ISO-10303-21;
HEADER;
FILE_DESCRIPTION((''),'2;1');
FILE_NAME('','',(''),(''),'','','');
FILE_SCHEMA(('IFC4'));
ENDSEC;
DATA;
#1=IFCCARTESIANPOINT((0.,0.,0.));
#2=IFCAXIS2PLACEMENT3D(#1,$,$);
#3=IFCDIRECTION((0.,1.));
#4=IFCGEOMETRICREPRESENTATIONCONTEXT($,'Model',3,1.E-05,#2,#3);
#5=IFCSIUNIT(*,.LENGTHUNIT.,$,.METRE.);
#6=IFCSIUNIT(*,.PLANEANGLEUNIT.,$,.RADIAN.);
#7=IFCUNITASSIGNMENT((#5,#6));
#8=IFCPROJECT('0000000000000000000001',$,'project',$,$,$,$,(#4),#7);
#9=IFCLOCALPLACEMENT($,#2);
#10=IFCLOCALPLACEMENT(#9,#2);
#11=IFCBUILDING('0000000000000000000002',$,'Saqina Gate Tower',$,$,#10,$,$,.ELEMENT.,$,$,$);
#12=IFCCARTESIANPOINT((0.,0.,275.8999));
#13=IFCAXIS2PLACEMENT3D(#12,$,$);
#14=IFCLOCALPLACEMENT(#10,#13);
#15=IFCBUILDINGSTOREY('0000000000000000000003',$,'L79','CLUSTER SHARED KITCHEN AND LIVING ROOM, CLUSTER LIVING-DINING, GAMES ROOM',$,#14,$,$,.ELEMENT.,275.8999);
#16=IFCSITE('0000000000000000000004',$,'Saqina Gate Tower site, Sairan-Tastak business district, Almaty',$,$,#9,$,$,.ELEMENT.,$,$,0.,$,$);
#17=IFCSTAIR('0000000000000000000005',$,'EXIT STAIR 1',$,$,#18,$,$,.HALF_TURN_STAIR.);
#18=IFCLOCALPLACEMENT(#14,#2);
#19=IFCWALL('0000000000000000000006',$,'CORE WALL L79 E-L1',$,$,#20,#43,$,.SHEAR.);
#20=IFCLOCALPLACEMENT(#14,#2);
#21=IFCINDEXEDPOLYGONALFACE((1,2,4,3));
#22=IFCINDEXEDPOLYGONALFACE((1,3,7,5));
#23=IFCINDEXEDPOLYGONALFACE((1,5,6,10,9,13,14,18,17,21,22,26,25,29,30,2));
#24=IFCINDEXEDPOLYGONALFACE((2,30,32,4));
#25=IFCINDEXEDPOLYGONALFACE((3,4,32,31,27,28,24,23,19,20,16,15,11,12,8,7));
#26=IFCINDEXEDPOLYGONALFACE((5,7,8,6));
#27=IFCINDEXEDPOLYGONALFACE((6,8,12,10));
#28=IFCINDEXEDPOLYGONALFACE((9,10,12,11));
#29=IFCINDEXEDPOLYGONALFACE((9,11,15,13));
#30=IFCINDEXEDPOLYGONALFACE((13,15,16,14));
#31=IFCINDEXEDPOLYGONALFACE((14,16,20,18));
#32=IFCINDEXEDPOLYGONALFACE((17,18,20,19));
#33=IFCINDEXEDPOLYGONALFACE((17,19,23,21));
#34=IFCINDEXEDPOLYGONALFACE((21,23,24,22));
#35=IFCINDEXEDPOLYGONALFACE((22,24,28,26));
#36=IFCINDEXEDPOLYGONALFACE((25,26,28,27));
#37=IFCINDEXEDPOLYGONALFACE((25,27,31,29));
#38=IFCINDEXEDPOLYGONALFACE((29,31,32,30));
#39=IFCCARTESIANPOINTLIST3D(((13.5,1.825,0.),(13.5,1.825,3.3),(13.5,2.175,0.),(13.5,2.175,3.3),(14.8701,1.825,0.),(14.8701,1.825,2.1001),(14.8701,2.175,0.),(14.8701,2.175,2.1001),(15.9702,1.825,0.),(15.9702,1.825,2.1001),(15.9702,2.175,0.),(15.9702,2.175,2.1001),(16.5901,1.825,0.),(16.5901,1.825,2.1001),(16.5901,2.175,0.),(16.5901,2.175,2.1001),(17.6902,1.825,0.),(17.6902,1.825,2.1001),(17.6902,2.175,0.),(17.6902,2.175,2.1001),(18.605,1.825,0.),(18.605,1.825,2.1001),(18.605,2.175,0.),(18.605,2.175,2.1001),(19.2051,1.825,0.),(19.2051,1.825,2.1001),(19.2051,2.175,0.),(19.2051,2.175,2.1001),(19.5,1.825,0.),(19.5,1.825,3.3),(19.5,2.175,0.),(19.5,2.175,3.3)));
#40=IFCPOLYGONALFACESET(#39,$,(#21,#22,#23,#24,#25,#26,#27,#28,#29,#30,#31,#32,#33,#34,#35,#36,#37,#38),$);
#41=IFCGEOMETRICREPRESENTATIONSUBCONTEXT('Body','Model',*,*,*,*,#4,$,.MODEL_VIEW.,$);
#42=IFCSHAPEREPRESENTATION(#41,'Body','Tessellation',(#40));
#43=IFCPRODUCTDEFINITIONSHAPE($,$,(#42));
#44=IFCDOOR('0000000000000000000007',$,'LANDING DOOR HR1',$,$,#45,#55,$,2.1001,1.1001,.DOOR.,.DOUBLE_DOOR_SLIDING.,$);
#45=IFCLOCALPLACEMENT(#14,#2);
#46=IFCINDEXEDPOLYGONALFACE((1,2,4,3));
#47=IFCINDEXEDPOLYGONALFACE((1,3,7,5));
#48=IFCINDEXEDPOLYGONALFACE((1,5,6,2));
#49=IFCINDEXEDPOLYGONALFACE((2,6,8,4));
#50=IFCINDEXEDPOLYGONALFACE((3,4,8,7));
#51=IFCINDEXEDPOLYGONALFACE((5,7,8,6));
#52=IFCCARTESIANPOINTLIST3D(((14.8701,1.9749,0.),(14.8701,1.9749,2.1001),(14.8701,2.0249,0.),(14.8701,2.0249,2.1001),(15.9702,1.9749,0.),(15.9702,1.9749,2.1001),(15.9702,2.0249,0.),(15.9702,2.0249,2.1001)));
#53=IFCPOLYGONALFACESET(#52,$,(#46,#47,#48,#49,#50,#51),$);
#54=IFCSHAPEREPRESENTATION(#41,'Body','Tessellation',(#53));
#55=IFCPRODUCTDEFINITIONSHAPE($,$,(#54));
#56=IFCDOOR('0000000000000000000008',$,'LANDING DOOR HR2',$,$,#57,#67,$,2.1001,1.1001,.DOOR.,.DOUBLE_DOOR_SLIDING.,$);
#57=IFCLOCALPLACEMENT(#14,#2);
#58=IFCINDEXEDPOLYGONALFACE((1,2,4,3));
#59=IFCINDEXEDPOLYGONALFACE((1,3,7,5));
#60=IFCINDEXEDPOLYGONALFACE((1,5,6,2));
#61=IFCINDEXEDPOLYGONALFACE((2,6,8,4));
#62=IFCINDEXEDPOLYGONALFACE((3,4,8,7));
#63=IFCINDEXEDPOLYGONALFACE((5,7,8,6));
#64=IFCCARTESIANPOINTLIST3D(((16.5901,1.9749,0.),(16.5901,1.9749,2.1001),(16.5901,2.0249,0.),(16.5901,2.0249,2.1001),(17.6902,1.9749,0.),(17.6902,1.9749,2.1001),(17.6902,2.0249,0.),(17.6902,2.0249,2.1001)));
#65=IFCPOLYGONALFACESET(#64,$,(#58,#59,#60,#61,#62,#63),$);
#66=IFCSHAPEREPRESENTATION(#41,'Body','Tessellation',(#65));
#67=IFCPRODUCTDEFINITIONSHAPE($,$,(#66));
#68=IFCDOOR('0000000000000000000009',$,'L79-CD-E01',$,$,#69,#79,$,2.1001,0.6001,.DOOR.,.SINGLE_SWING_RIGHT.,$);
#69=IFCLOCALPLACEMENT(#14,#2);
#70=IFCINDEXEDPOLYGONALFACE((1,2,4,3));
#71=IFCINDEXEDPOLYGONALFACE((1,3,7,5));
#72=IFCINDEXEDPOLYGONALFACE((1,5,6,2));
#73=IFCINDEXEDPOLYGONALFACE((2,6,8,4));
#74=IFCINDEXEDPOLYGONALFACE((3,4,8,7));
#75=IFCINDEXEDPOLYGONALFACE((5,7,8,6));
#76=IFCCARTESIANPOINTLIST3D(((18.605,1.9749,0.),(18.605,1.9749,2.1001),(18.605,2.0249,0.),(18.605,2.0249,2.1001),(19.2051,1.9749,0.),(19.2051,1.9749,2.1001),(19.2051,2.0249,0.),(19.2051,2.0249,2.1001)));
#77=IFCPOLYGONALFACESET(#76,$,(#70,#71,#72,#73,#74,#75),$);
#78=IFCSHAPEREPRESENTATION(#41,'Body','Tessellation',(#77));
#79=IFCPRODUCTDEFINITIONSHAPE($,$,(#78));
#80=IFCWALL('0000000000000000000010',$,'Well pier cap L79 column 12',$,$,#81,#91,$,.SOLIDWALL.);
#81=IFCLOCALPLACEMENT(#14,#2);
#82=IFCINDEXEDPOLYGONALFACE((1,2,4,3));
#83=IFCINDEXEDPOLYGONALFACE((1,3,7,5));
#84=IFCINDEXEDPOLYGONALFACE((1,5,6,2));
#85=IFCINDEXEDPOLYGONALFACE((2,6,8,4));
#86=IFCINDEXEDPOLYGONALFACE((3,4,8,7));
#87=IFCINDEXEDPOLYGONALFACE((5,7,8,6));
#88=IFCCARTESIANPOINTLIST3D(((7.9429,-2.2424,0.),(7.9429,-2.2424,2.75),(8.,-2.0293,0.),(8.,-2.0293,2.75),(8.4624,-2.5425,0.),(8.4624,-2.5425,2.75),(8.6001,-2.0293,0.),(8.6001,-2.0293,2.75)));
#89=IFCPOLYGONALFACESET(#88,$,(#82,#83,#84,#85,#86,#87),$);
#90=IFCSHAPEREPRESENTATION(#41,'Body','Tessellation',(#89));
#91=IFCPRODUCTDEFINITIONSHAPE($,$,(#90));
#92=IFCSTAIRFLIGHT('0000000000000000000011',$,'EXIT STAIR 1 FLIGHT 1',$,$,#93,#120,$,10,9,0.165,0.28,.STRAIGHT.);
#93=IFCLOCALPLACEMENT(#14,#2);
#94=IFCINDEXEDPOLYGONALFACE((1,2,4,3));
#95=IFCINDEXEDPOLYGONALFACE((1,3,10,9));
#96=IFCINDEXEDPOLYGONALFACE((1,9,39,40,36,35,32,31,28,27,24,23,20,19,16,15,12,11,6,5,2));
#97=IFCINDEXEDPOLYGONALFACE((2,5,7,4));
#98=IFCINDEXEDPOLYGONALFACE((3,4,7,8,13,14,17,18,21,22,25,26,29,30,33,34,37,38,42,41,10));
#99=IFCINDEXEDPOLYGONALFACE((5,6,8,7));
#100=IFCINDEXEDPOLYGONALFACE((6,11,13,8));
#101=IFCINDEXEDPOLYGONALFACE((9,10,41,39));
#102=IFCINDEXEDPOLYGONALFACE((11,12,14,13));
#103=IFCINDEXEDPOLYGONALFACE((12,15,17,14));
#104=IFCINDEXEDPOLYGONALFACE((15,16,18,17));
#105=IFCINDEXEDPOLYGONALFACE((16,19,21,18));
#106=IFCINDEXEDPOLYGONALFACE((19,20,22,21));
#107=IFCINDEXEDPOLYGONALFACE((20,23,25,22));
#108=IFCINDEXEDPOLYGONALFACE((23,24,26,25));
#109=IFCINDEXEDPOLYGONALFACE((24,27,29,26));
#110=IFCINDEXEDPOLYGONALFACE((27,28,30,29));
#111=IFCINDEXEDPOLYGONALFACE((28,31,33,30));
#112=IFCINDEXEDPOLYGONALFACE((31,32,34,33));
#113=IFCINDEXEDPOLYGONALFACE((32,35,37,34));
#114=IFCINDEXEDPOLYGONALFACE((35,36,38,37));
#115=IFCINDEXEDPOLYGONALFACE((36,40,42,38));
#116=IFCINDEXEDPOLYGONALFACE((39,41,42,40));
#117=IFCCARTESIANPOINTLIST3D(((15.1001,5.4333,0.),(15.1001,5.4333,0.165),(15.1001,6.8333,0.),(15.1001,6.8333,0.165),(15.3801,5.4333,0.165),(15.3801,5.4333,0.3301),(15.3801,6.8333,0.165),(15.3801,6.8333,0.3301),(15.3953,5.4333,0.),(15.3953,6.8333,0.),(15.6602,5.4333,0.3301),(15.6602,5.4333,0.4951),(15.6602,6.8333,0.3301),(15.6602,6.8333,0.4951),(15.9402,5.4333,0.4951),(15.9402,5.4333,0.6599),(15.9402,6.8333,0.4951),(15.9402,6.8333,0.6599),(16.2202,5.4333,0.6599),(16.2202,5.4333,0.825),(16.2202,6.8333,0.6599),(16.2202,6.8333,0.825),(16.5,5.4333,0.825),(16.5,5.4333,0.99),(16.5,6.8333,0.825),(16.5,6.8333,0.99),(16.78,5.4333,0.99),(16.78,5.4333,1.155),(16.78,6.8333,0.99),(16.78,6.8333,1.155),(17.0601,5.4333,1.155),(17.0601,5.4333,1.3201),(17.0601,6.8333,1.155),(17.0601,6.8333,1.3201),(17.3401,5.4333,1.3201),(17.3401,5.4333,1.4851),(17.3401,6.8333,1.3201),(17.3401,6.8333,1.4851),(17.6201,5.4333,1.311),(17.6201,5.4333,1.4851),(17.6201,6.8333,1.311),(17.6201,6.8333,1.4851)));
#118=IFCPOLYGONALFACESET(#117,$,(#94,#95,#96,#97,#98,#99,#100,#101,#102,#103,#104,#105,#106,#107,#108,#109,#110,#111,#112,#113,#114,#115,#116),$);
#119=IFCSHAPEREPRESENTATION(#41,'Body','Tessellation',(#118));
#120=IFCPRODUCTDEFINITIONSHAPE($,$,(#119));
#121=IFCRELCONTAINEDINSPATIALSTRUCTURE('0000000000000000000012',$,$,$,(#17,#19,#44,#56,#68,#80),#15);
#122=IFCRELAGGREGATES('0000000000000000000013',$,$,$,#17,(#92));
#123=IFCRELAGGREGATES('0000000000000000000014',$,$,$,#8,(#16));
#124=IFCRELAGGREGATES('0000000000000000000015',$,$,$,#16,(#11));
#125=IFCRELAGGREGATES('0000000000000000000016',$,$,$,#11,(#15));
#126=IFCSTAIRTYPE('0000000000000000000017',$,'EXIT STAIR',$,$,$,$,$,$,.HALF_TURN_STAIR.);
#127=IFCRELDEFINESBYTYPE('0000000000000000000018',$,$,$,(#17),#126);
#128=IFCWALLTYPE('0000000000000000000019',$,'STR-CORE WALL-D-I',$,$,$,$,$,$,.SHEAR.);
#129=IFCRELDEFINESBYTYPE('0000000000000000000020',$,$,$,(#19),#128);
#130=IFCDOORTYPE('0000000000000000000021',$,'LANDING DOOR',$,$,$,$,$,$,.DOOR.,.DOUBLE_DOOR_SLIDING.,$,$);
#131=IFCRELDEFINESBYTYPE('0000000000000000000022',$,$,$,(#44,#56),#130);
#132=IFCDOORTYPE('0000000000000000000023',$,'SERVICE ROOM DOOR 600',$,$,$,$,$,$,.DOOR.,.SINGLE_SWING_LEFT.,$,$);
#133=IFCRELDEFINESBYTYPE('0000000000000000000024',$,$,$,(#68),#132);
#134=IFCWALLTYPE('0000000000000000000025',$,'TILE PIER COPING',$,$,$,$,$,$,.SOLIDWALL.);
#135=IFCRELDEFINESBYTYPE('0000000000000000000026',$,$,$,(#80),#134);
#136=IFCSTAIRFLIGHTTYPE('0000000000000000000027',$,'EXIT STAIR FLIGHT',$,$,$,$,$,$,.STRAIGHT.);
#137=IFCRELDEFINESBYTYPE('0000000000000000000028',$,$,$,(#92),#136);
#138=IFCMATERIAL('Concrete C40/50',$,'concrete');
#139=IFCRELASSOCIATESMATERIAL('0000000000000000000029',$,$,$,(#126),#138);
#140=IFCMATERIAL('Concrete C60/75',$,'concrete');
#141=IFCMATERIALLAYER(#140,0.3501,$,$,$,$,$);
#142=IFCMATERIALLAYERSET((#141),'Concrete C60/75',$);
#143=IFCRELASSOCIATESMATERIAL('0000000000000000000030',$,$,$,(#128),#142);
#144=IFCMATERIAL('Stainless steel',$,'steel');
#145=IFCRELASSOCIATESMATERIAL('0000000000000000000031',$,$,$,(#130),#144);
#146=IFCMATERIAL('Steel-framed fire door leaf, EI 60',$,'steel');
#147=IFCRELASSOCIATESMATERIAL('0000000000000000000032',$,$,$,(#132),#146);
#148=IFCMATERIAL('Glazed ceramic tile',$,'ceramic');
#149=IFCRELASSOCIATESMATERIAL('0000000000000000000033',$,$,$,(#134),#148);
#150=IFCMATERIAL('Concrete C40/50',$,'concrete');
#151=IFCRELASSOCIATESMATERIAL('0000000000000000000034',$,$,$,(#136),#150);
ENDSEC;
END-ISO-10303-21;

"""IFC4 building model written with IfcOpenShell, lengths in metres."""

from ifc_helpers import new_model, si_unit, direction, frame, frame_2d, origin, place, context, subcontext, project, spatial, polyline, rectangle, outline, extrude, material, layer, layer_set, type_object, element, fill, aggregate, save


model = new_model("IFC4")

# Units and contexts
model_context = context("Model", 3, precision=1e-05, world=origin(), true_north=direction((0.0, 1.0)))
body_context = subcontext(model_context, "Body", "Model", "MODEL_VIEW")
ifc_project = project(units=[si_unit("LENGTHUNIT", "METRE"), si_unit("PLANEANGLEUNIT", "RADIAN")], contexts=[model_context])

# Site, building, storey
site_placement = place(None, origin())
site = spatial("IfcSite", under=ifc_project, at=site_placement, Name="Saqina Gate Tower site, Sairan-Tastak business district, Almaty", CompositionType="ELEMENT", RefElevation=0.0)
building_placement = place(site_placement, origin())
building = spatial("IfcBuilding", under=site, at=building_placement, Name="Saqina Gate Tower", CompositionType="ELEMENT")
storey_placement = place(building_placement, frame((0.0, 0.0, 275.8999)))
storey = spatial("IfcBuildingStorey", under=building, at=storey_placement, Name="L79", Description="CLUSTER SHARED KITCHEN AND LIVING ROOM, CLUSTER LIVING-DINING, GAMES ROOM", CompositionType="ELEMENT", Elevation=275.8999)

# Stair
ifc_material_1 = material(Name="Concrete C40/50", Category="concrete")
stair_type = type_object("IfcStairType", Name="EXIT STAIR", PredefinedType="HALF_TURN_STAIR", material=ifc_material_1)
stair_1_placement = place(storey_placement, origin())
stair_1 = element("IfcStair", 1, at=stair_1_placement, inside=storey, type_object=stair_type, Name="EXIT STAIR 1", PredefinedType="HALF_TURN_STAIR")

# Shared definitions
ifc_material_2 = material(Name="Concrete C60/75", Category="concrete")
ifc_layer_1 = layer(ifc_material_2, 0.3501)
ifc_layer_set_1 = layer_set([ifc_layer_1], Name="Concrete C60/75")
wall_type_1 = type_object("IfcWallType", Name="STR-CORE WALL-D-I", PredefinedType="SHEAR", material=ifc_layer_set_1)

# Wall, openings, doors
wall_1_placement = place(storey_placement, frame((13.5, 2.0, 0.0), z_axis=(0.0, 0.0, 1.0), x_axis=(1.0, 0.0, 0.0)))
wall_1 = element("IfcWall", 2, at=wall_1_placement, inside=storey, type_object=wall_type_1, Name="CORE WALL L79 E-L1", PredefinedType="SHEAR", context=body_context, shape_type="SweptSolid", body=[
    extrude(rectangle(XDim=6.0, YDim=0.3501, at=frame_2d((3.0, 0.0))), origin(), (0.0, 0.0, 1.0), 3.3),
])
opening_1_placement = place(wall_1_placement, frame((1.3701, 0.0, 0.0)))
opening_1 = element("IfcOpeningElement", 3, at=opening_1_placement, cuts=wall_1, PredefinedType="OPENING", context=body_context, shape_type="SweptSolid", body=[
    extrude(rectangle(XDim=1.1001, YDim=2.1001, at=frame_2d((0.55, 1.05))), frame((0.0, 0.187, 0.0), z_axis=(0.0, -1.0, 0.0), x_axis=(1.0, 0.0, 0.0)), (0.0, 0.0, 1.0), 0.374),
])
opening_2_placement = place(wall_1_placement, frame((3.0901, 0.0, 0.0)))
opening_2 = element("IfcOpeningElement", 4, at=opening_2_placement, cuts=wall_1, PredefinedType="OPENING", context=body_context, shape_type="SweptSolid", body=[
    extrude(rectangle(XDim=1.1001, YDim=2.1001, at=frame_2d((0.55, 1.05))), frame((0.0, 0.187, 0.0), z_axis=(0.0, -1.0, 0.0), x_axis=(1.0, 0.0, 0.0)), (0.0, 0.0, 1.0), 0.374),
])
opening_3_placement = place(wall_1_placement, frame((5.105, 0.0, 0.0)))
opening_3 = element("IfcOpeningElement", 5, at=opening_3_placement, cuts=wall_1, PredefinedType="OPENING", context=body_context, shape_type="SweptSolid", body=[
    extrude(rectangle(XDim=0.6001, YDim=2.1001, at=frame_2d((0.3, 1.05))), frame((0.0, 0.187, 0.0), z_axis=(0.0, -1.0, 0.0), x_axis=(1.0, 0.0, 0.0)), (0.0, 0.0, 1.0), 0.374),
])
ifc_material_3 = material(Name="Stainless steel", Category="steel")
door_type_1 = type_object("IfcDoorType", Name="LANDING DOOR", OperationType="DOUBLE_DOOR_SLIDING", PredefinedType="DOOR", material=ifc_material_3)
door_1_placement = place(opening_1_placement, origin())
door_1 = element("IfcDoor", 6, at=door_1_placement, inside=storey, type_object=door_type_1, Name="LANDING DOOR HR1", OperationType="DOUBLE_DOOR_SLIDING", OverallHeight=2.1001, OverallWidth=1.1001, PredefinedType="DOOR", context=body_context, shape_type="SweptSolid", body=[
    extrude(rectangle(XDim=1.1001, YDim=2.1001, at=frame_2d((0.55, 1.05))), frame((0.0, 0.0249, 0.0), z_axis=(0.0, -1.0, 0.0), x_axis=(1.0, 0.0, 0.0)), (0.0, 0.0, 1.0), 0.05),
])
fill(opening_1, door_1)
door_2_placement = place(opening_2_placement, origin())
door_2 = element("IfcDoor", 7, at=door_2_placement, inside=storey, type_object=door_type_1, Name="LANDING DOOR HR2", OperationType="DOUBLE_DOOR_SLIDING", OverallHeight=2.1001, OverallWidth=1.1001, PredefinedType="DOOR", context=body_context, shape_type="SweptSolid", body=[
    extrude(rectangle(XDim=1.1001, YDim=2.1001, at=frame_2d((0.55, 1.05))), frame((0.0, 0.0249, 0.0), z_axis=(0.0, -1.0, 0.0), x_axis=(1.0, 0.0, 0.0)), (0.0, 0.0, 1.0), 0.05),
])
fill(opening_2, door_2)
ifc_material_4 = material(Name="Steel-framed fire door leaf, EI 60", Category="steel")
door_type_2 = type_object("IfcDoorType", Name="SERVICE ROOM DOOR 600", OperationType="SINGLE_SWING_LEFT", PredefinedType="DOOR", material=ifc_material_4)
door_3_placement = place(opening_3_placement, origin())
door_3 = element("IfcDoor", 8, at=door_3_placement, inside=storey, type_object=door_type_2, Name="L79-CD-E01", OperationType="SINGLE_SWING_RIGHT", OverallHeight=2.1001, OverallWidth=0.6001, PredefinedType="DOOR", context=body_context, shape_type="SweptSolid", body=[
    extrude(rectangle(XDim=0.6001, YDim=2.1001, at=frame_2d((0.3, 1.05))), frame((0.0, 0.0249, 0.0), z_axis=(0.0, -1.0, 0.0), x_axis=(1.0, 0.0, 0.0)), (0.0, 0.0, 1.0), 0.05),
])
fill(opening_3, door_3)

# Wall
ifc_material_5 = material(Name="Glazed ceramic tile", Category="ceramic")
wall_type_2 = type_object("IfcWallType", Name="TILE PIER COPING", PredefinedType="SOLIDWALL", material=ifc_material_5)
wall_2_placement = place(storey_placement, origin())
element("IfcWall", 9, at=wall_2_placement, inside=storey, type_object=wall_type_2, Name="Well pier cap L79 column 12", PredefinedType="SOLIDWALL", context=body_context, shape_type="SweptSolid", body=[
    extrude(outline(polyline([(8.6001, -2.0293), (8.0, -2.0293), (7.9429, -2.2424), (8.4624, -2.5425), (8.6001, -2.0293)])), origin(), (0.0, 0.0, 1.0), 2.75),
])

# Stair flight
ifc_material_6 = material(Name="Concrete C40/50", Category="concrete")
stair_flight_type = type_object("IfcStairFlightType", Name="EXIT STAIR FLIGHT", PredefinedType="STRAIGHT", material=ifc_material_6)
stair_flight_placement = place(storey_placement, frame((15.1001, 6.1333, 0.0), z_axis=(0.0, 0.0, 1.0), x_axis=(1.0, 0.0, 0.0)))
stair_flight = element("IfcStairFlight", 10, at=stair_flight_placement, type_object=stair_flight_type, Name="EXIT STAIR 1 FLIGHT 1", NumberOfRisers=10, NumberOfTreads=9, PredefinedType="STRAIGHT", RiserHeight=0.165, TreadLength=0.28, context=body_context, shape_type="SweptSolid", body=[
    extrude(outline(polyline([(0.0, 0.0), (0.0, 0.165), (0.28, 0.165), (0.28, 0.3301), (0.5601, 0.3301), (0.5601, 0.4951), (0.8401, 0.4951), (0.8401, 0.6599), (1.1201, 0.6599), (1.1201, 0.825), (1.3999, 0.825), (1.3999, 0.99), (1.6799, 0.99), (1.6799, 1.155), (1.96, 1.155), (1.96, 1.3201), (2.24, 1.3201), (2.24, 1.4851), (2.52, 1.4851), (2.52, 1.6499), (2.52, 1.311), (0.2952, 0.0), (0.0, 0.0)])), frame((0.0, 0.7, 0.0), z_axis=(0.0, -1.0, 0.0), x_axis=(1.0, 0.0, 0.0)), (0.0, 0.0, 1.0), 1.3999),
])
aggregate(stair_1, [stair_flight])

save(model, "model.ifc")
